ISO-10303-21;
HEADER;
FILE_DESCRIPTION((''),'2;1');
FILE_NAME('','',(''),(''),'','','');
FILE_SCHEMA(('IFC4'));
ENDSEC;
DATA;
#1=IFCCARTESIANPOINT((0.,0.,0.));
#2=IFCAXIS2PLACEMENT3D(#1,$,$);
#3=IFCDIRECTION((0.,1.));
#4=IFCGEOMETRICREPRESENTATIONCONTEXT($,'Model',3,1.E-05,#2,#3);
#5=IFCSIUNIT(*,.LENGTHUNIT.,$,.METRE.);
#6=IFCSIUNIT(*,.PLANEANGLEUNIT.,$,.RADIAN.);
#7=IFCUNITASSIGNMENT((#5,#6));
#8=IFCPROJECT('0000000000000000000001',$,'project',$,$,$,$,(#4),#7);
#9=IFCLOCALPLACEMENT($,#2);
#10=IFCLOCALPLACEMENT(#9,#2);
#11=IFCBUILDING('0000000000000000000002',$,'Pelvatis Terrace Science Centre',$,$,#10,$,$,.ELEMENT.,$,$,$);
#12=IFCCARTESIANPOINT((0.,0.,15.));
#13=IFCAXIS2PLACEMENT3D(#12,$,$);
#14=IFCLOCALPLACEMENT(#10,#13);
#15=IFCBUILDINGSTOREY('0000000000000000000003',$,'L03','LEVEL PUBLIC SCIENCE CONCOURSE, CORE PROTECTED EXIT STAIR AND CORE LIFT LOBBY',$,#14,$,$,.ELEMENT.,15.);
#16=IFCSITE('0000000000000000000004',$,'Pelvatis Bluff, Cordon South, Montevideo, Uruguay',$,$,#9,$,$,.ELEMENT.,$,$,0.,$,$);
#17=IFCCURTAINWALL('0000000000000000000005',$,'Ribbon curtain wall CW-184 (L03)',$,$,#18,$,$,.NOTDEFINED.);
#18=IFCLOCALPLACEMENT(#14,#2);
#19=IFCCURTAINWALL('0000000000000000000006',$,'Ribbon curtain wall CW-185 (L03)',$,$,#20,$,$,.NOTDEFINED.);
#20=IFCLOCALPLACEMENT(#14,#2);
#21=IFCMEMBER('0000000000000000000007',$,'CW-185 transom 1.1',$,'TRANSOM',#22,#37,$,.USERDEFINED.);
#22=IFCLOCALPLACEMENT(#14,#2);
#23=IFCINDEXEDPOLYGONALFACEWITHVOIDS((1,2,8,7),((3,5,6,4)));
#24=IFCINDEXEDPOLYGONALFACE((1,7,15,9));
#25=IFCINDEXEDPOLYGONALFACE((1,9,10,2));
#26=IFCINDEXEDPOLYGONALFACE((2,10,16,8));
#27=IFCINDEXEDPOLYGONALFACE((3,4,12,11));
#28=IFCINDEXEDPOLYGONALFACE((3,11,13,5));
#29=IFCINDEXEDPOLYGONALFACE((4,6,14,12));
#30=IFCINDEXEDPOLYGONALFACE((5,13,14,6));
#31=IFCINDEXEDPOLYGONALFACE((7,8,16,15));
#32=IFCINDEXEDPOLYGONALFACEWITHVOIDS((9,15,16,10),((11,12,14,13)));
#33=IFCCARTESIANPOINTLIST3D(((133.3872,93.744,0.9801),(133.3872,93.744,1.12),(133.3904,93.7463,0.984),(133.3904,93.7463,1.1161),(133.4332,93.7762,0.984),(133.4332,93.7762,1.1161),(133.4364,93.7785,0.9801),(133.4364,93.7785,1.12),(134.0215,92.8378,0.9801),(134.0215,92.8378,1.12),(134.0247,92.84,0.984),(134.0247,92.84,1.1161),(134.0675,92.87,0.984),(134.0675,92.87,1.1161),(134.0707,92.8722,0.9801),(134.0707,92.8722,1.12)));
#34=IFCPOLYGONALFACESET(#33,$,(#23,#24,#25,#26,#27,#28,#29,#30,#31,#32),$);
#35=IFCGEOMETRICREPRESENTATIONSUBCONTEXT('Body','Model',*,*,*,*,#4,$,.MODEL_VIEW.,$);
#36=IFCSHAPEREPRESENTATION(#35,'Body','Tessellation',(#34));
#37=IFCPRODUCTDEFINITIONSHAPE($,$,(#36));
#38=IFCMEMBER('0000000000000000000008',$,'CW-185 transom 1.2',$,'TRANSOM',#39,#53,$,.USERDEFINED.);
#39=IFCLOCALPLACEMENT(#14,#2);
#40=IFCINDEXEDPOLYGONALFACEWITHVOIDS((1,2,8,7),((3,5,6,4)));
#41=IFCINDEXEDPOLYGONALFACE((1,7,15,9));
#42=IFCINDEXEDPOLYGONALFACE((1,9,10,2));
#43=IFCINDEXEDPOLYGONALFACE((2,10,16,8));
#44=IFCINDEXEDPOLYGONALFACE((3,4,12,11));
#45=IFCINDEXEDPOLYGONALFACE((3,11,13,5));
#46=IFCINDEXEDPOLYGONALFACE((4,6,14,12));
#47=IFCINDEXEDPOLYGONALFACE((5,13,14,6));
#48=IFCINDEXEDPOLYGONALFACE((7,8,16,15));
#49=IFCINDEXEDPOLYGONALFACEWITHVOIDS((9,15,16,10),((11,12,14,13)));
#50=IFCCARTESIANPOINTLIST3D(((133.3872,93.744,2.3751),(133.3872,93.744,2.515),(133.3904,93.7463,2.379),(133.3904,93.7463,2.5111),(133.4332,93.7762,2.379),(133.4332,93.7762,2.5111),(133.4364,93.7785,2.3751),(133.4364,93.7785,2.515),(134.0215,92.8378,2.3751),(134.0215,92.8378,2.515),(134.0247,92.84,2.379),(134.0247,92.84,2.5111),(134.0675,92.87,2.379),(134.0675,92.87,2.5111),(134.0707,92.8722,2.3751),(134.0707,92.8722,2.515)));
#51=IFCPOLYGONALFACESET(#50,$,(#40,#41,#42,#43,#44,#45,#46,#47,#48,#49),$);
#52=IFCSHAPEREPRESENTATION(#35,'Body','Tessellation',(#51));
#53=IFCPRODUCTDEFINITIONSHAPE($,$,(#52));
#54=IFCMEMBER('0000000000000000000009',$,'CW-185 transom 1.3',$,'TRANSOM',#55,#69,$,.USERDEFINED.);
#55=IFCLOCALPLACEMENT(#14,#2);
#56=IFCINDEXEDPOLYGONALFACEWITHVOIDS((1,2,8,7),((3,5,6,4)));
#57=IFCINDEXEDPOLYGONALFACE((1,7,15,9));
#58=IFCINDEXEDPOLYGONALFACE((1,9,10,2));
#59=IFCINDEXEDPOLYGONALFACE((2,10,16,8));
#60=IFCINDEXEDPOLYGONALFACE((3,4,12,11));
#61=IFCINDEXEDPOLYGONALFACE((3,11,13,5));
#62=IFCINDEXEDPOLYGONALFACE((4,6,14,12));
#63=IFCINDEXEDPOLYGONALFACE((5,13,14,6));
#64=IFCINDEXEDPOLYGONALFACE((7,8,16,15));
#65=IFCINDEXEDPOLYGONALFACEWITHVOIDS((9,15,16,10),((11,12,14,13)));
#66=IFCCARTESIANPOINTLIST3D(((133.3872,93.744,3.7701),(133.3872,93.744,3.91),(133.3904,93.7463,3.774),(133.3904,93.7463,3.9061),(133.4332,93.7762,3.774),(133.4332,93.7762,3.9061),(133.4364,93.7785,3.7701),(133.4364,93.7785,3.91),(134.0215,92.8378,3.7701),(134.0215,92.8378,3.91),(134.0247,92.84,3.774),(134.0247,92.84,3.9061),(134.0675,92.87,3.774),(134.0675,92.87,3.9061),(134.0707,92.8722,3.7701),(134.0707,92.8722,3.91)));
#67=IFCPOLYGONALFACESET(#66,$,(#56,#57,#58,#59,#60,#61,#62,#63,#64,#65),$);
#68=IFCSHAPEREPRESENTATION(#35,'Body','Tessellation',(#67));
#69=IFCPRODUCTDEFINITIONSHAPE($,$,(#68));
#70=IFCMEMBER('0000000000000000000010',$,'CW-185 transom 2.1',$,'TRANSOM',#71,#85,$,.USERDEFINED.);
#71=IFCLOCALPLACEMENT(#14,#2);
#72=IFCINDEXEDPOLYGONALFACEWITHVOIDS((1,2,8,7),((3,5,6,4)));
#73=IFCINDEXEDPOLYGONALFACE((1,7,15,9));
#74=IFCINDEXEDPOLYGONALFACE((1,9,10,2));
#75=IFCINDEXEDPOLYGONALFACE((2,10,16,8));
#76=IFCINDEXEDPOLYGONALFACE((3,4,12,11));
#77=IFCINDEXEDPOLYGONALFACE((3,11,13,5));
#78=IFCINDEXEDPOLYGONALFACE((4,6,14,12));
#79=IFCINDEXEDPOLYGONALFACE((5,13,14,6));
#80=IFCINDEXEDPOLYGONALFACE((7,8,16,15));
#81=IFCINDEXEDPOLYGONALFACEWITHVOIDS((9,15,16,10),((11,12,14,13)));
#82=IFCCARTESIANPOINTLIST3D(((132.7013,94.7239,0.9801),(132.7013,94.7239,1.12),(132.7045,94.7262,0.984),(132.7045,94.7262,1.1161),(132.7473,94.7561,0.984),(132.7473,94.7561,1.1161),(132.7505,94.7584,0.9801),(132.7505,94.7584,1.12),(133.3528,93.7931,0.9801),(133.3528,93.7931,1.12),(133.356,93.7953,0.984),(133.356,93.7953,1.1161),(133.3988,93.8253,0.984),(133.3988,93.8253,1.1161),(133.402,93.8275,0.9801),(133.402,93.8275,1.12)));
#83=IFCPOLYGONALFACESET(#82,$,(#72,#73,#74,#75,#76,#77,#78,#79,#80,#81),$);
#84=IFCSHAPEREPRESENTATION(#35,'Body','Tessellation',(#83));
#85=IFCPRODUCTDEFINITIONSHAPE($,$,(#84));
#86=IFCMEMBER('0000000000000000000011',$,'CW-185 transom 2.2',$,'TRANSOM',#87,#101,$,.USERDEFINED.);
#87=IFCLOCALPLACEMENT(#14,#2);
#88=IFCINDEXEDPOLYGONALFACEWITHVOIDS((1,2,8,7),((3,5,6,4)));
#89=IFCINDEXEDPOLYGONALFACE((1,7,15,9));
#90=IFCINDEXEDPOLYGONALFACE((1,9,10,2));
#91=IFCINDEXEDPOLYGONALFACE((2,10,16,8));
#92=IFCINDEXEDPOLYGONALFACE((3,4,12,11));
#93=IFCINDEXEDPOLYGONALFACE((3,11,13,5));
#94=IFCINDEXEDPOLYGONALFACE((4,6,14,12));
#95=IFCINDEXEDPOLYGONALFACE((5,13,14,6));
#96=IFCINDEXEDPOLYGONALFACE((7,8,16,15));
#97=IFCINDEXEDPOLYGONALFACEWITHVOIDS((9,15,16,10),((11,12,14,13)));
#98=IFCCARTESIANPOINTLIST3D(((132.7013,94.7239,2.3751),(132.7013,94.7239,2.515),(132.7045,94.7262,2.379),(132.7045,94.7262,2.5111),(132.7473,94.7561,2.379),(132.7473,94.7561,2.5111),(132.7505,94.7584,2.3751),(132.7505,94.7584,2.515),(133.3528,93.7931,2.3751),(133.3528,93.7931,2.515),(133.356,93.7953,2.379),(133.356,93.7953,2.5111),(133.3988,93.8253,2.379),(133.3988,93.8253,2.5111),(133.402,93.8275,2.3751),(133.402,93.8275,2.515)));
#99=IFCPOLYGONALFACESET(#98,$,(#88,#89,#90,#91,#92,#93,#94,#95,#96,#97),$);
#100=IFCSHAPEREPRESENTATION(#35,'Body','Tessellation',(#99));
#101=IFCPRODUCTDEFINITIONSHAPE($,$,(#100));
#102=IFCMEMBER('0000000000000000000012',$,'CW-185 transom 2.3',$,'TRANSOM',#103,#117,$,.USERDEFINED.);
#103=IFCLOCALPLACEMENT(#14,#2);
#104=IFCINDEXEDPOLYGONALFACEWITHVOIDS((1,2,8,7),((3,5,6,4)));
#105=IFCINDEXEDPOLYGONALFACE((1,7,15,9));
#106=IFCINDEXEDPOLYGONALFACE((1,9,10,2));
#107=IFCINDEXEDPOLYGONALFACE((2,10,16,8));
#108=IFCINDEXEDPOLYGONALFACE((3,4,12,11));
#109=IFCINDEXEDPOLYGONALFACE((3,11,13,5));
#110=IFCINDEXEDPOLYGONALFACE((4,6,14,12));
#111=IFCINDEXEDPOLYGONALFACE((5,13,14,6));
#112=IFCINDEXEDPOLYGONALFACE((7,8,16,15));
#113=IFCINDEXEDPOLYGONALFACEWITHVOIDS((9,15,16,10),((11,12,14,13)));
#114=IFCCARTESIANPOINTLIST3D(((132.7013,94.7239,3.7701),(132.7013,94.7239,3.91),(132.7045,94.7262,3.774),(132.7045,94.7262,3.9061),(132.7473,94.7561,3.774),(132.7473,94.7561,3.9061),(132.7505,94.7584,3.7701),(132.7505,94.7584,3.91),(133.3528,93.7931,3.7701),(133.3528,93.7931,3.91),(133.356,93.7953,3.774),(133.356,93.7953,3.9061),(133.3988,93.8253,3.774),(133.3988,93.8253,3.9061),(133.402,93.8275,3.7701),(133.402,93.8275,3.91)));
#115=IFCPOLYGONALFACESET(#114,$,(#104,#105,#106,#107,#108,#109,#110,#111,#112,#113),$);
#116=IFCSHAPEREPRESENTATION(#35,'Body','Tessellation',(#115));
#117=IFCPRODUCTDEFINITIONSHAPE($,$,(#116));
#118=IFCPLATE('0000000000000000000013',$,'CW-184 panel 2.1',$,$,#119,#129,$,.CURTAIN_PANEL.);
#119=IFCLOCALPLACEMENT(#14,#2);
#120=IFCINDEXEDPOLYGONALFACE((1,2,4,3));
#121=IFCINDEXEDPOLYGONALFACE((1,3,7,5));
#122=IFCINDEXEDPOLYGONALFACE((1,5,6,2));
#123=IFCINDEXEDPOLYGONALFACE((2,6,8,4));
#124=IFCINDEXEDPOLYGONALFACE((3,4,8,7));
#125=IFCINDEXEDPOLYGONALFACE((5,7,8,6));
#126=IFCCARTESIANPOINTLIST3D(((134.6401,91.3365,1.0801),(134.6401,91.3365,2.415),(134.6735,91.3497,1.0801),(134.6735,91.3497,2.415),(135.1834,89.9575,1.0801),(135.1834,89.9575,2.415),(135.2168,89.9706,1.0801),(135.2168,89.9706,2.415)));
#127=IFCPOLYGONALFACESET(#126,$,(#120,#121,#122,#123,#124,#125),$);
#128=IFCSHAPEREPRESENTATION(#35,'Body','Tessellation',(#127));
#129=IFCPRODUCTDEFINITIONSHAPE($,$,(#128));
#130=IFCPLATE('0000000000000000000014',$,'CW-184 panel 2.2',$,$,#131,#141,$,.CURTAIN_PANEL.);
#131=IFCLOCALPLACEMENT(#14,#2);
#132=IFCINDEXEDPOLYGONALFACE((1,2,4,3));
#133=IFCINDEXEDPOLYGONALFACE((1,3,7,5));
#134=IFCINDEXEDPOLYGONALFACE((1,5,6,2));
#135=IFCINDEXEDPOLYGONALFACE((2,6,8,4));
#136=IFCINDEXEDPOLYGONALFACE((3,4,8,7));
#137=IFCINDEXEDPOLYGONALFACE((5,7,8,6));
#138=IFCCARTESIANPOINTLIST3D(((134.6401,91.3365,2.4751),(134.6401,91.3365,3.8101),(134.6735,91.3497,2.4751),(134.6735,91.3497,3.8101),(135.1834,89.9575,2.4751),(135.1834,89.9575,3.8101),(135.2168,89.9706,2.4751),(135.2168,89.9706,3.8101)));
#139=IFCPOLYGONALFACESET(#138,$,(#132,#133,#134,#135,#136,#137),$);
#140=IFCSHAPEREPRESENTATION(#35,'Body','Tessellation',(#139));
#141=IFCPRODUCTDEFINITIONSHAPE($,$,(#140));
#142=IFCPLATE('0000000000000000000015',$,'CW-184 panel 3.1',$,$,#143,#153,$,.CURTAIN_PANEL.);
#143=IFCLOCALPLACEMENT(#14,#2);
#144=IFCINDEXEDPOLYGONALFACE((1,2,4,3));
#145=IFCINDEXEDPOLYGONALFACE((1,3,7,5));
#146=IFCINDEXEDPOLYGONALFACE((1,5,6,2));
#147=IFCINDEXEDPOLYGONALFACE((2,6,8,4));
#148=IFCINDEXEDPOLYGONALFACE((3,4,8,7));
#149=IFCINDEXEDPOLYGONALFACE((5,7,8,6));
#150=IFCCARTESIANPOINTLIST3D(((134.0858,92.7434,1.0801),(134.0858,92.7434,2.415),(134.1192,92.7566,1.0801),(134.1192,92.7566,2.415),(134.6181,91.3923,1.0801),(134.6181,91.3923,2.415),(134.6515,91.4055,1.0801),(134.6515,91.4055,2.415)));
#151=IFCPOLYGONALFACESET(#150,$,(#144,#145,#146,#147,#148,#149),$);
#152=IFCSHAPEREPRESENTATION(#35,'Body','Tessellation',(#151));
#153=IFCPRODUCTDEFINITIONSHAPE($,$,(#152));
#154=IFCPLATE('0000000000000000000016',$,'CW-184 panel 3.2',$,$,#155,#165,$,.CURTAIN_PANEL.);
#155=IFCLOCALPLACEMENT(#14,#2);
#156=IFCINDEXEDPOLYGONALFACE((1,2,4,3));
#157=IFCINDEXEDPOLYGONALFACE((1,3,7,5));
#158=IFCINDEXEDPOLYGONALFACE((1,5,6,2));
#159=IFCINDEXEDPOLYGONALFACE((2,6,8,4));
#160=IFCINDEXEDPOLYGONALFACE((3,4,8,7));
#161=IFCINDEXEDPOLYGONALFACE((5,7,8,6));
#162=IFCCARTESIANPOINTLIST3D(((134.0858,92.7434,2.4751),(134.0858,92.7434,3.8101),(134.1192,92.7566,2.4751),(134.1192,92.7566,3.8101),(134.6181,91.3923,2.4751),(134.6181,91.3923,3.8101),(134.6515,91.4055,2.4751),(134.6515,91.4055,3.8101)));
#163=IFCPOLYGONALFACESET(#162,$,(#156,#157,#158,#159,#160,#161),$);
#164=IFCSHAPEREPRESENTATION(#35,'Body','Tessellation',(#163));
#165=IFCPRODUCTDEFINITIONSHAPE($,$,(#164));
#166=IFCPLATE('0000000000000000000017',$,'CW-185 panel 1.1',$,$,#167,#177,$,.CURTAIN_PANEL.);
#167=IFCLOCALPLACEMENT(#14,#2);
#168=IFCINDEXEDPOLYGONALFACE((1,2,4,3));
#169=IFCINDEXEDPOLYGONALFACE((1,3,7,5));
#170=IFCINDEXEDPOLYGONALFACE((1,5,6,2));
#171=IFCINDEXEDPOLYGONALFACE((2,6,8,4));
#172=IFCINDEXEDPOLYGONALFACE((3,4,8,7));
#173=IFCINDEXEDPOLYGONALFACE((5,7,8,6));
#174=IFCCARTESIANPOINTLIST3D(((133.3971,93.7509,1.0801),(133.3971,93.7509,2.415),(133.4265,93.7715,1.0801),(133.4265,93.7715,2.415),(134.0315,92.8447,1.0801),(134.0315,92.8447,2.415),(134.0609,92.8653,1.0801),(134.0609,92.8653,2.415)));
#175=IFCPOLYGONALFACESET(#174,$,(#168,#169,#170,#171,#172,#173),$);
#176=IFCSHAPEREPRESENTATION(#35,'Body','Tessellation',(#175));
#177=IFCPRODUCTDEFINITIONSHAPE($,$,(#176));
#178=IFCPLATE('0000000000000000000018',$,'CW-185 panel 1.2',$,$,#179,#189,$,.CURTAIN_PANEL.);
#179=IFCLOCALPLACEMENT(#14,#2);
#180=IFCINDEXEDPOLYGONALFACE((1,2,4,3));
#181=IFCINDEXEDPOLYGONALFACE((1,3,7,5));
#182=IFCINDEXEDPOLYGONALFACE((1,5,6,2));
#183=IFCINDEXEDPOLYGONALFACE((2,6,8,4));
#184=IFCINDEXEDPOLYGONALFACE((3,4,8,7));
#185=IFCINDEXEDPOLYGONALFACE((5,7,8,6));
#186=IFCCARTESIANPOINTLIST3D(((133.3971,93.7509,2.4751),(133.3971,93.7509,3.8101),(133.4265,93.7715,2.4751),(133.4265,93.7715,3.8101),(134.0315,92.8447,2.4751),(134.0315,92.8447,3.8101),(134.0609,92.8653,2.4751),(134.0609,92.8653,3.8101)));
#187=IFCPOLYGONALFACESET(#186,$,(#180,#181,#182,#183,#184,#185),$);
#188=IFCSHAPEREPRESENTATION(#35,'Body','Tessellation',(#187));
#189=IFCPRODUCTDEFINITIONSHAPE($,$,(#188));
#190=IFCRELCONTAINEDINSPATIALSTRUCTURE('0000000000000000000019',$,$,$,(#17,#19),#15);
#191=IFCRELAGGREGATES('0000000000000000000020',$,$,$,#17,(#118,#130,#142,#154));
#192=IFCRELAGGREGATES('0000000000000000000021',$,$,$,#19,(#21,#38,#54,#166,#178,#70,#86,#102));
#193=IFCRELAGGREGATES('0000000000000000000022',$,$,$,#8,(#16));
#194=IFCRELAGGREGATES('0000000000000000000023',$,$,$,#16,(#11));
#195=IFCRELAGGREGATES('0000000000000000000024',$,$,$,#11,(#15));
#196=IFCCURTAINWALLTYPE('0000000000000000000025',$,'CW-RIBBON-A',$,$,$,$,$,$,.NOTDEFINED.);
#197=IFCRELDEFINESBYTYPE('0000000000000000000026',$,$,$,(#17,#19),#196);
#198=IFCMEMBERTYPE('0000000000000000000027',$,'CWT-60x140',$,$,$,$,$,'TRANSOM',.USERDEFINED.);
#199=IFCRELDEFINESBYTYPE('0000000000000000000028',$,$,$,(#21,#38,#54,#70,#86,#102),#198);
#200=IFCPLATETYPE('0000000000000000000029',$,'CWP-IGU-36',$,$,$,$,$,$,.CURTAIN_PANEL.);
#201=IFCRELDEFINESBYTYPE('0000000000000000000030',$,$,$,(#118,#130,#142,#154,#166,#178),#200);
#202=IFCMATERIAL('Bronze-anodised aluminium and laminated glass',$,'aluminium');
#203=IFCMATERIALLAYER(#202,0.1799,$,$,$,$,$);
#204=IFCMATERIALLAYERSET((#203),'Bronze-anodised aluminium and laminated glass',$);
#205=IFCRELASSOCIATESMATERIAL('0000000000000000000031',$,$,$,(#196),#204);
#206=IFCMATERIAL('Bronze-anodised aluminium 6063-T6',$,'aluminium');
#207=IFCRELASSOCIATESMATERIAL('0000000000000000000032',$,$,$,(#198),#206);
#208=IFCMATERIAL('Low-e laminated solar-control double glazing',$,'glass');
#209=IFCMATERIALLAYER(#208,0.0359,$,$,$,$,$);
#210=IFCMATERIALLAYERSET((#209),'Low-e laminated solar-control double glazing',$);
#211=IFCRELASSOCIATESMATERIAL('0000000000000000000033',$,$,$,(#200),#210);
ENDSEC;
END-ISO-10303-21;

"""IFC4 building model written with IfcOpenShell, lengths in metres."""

from ifc_helpers import new_model, si_unit, direction, frame, origin, origin_2d, place, context, subcontext, project, spatial, rectangle, hollow_rectangle, extrude, material, layer, layer_set, material_profile, profile_set, type_object, element, aggregate, save


model = new_model("IFC4")

# Units and contexts
model_context = context("Model", 3, precision=1e-05, world=origin(), true_north=direction((0.0, 1.0)))
body_context = subcontext(model_context, "Body", "Model", "MODEL_VIEW")
ifc_project = project(units=[si_unit("LENGTHUNIT", "METRE"), si_unit("PLANEANGLEUNIT", "RADIAN")], contexts=[model_context])

# Site, building, storey
site_placement = place(None, origin())
site = spatial("IfcSite", under=ifc_project, at=site_placement, Name="Pelvatis Bluff, Cordon South, Montevideo, Uruguay", CompositionType="ELEMENT", RefElevation=0.0)
building_placement = place(site_placement, origin())
building = spatial("IfcBuilding", under=site, at=building_placement, Name="Pelvatis Terrace Science Centre", CompositionType="ELEMENT")
storey_placement = place(building_placement, frame((0.0, 0.0, 15.0)))
storey = spatial("IfcBuildingStorey", under=building, at=storey_placement, Name="L03", Description="LEVEL PUBLIC SCIENCE CONCOURSE, CORE PROTECTED EXIT STAIR AND CORE LIFT LOBBY", CompositionType="ELEMENT", Elevation=15.0)

# Curtain walls
ifc_material_1 = material(Name="Bronze-anodised aluminium and laminated glass", Category="aluminium")
ifc_layer_1 = layer(ifc_material_1, 0.1799)
ifc_layer_set_1 = layer_set([ifc_layer_1], Name="Bronze-anodised aluminium and laminated glass")
curtain_wall_type = type_object("IfcCurtainWallType", Name="CW-RIBBON-A", PredefinedType="NOTDEFINED", material=ifc_layer_set_1)
curtain_wall_1_placement = place(storey_placement, origin())
curtain_wall_1 = element("IfcCurtainWall", 1, at=curtain_wall_1_placement, inside=storey, type_object=curtain_wall_type, Name="Ribbon curtain wall CW-184 (L03)", PredefinedType="NOTDEFINED")
curtain_wall_2_placement = place(storey_placement, origin())
curtain_wall_2 = element("IfcCurtainWall", 2, at=curtain_wall_2_placement, inside=storey, type_object=curtain_wall_type, Name="Ribbon curtain wall CW-185 (L03)", PredefinedType="NOTDEFINED")

# Members
ifc_material_2 = material(Name="Bronze-anodised aluminium 6063-T6", Category="aluminium")
ifc_material_profile_1 = material_profile(ifc_material_2, hollow_rectangle(XDim=0.0601, YDim=0.1399, WallThickness=0.0039, at=origin_2d()), Name="ALU-TRN 60x140")
ifc_profile_set_1 = profile_set([ifc_material_profile_1], Name="Bronze-anodised aluminium 6063-T6")
member_type_1 = type_object("IfcMemberType", Name="CWT-60x140", ElementType="TRANSOM", PredefinedType="USERDEFINED", material=ifc_profile_set_1)
member_1_placement = place(storey_placement, frame((134.0461, 92.855, 1.05), z_axis=(-0.573403, 0.819273, 0.0), x_axis=(-0.819273, -0.573403, 0.0)))
member_1 = element("IfcMember", 3, at=member_1_placement, type_object=member_type_1, Name="CW-185 transom 1.1", ObjectType="TRANSOM", PredefinedType="USERDEFINED", context=body_context, shape_type="SweptSolid", body=[
    extrude(hollow_rectangle(XDim=0.0601, YDim=0.1399, WallThickness=0.0039, at=origin_2d()), origin(), (0.0, 0.0, 1.0), 1.1062),
])
member_2_placement = place(storey_placement, frame((134.0461, 92.855, 2.4451), z_axis=(-0.573403, 0.819273, 0.0), x_axis=(-0.819273, -0.573403, 0.0)))
member_2 = element("IfcMember", 4, at=member_2_placement, type_object=member_type_1, Name="CW-185 transom 1.2", ObjectType="TRANSOM", PredefinedType="USERDEFINED", context=body_context, shape_type="SweptSolid", body=[
    extrude(hollow_rectangle(XDim=0.0601, YDim=0.1399, WallThickness=0.0039, at=origin_2d()), origin(), (0.0, 0.0, 1.0), 1.1062),
])
member_3_placement = place(storey_placement, frame((134.0461, 92.855, 3.8401), z_axis=(-0.573403, 0.819273, 0.0), x_axis=(-0.819273, -0.573403, 0.0)))
member_3 = element("IfcMember", 5, at=member_3_placement, type_object=member_type_1, Name="CW-185 transom 1.3", ObjectType="TRANSOM", PredefinedType="USERDEFINED", context=body_context, shape_type="SweptSolid", body=[
    extrude(hollow_rectangle(XDim=0.0601, YDim=0.1399, WallThickness=0.0039, at=origin_2d()), origin(), (0.0, 0.0, 1.0), 1.1062),
])
member_4_placement = place(storey_placement, frame((133.3774, 93.8103, 1.05), z_axis=(-0.573448, 0.819242, 0.0), x_axis=(-0.819242, -0.573448, 0.0)))
member_4 = element("IfcMember", 6, at=member_4_placement, type_object=member_type_1, Name="CW-185 transom 2.1", ObjectType="TRANSOM", PredefinedType="USERDEFINED", context=body_context, shape_type="SweptSolid", body=[
    extrude(hollow_rectangle(XDim=0.0601, YDim=0.1399, WallThickness=0.0039, at=origin_2d()), origin(), (0.0, 0.0, 1.0), 1.1362),
])
member_5_placement = place(storey_placement, frame((133.3774, 93.8103, 2.4451), z_axis=(-0.573448, 0.819242, 0.0), x_axis=(-0.819242, -0.573448, 0.0)))
member_5 = element("IfcMember", 7, at=member_5_placement, type_object=member_type_1, Name="CW-185 transom 2.2", ObjectType="TRANSOM", PredefinedType="USERDEFINED", context=body_context, shape_type="SweptSolid", body=[
    extrude(hollow_rectangle(XDim=0.0601, YDim=0.1399, WallThickness=0.0039, at=origin_2d()), origin(), (0.0, 0.0, 1.0), 1.1362),
])
member_6_placement = place(storey_placement, frame((133.3774, 93.8103, 3.8401), z_axis=(-0.573448, 0.819242, 0.0), x_axis=(-0.819242, -0.573448, 0.0)))
member_6 = element("IfcMember", 8, at=member_6_placement, type_object=member_type_1, Name="CW-185 transom 2.3", ObjectType="TRANSOM", PredefinedType="USERDEFINED", context=body_context, shape_type="SweptSolid", body=[
    extrude(hollow_rectangle(XDim=0.0601, YDim=0.1399, WallThickness=0.0039, at=origin_2d()), origin(), (0.0, 0.0, 1.0), 1.1362),
])

# Plates
ifc_material_3 = material(Name="Low-e laminated solar-control double glazing", Category="glass")
ifc_layer_2 = layer(ifc_material_3, 0.0359)
ifc_layer_set_2 = layer_set([ifc_layer_2], Name="Low-e laminated solar-control double glazing")
plate_type = type_object("IfcPlateType", Name="CWP-IGU-36", PredefinedType="CURTAIN_PANEL", material=ifc_layer_set_2)
plate_1_placement = place(storey_placement, frame((134.9285, 90.6536, 1.0801), z_axis=(0.0, 0.0, 1.0), x_axis=(-0.366541, 0.930402, 0.0)))
plate_1 = element("IfcPlate", 9, at=plate_1_placement, type_object=plate_type, Name="CW-184 panel 2.1", PredefinedType="CURTAIN_PANEL", context=body_context, shape_type="SweptSolid", body=[
    extrude(rectangle(XDim=1.4822, YDim=0.0359, at=origin_2d()), origin(), (0.0, 0.0, 1.0), 1.335),
])
plate_2_placement = place(storey_placement, frame((134.9285, 90.6536, 2.4751), z_axis=(0.0, 0.0, 1.0), x_axis=(-0.366541, 0.930402, 0.0)))
plate_2 = element("IfcPlate", 10, at=plate_2_placement, type_object=plate_type, Name="CW-184 panel 2.2", PredefinedType="CURTAIN_PANEL", context=body_context, shape_type="SweptSolid", body=[
    extrude(rectangle(XDim=1.4822, YDim=0.0359, at=origin_2d()), origin(), (0.0, 0.0, 1.0), 1.335),
])
plate_3_placement = place(storey_placement, frame((134.3687, 92.0745, 1.0801), z_axis=(0.0, 0.0, 1.0), x_axis=(-0.366541, 0.930402, 0.0)))
plate_3 = element("IfcPlate", 11, at=plate_3_placement, type_object=plate_type, Name="CW-184 panel 3.1", PredefinedType="CURTAIN_PANEL", context=body_context, shape_type="SweptSolid", body=[
    extrude(rectangle(XDim=1.4521, YDim=0.0359, at=origin_2d()), origin(), (0.0, 0.0, 1.0), 1.335),
])
plate_4_placement = place(storey_placement, frame((134.3687, 92.0745, 2.4751), z_axis=(0.0, 0.0, 1.0), x_axis=(-0.366541, 0.930402, 0.0)))
plate_4 = element("IfcPlate", 12, at=plate_4_placement, type_object=plate_type, Name="CW-184 panel 3.2", PredefinedType="CURTAIN_PANEL", context=body_context, shape_type="SweptSolid", body=[
    extrude(rectangle(XDim=1.4521, YDim=0.0359, at=origin_2d()), origin(), (0.0, 0.0, 1.0), 1.335),
])
aggregate(curtain_wall_1, [plate_1, plate_2, plate_3, plate_4])
plate_5_placement = place(storey_placement, frame((133.729, 93.3081, 1.0801), z_axis=(0.0, 0.0, 1.0), x_axis=(-0.573468, 0.819228, 0.0)))
plate_5 = element("IfcPlate", 13, at=plate_5_placement, type_object=plate_type, Name="CW-185 panel 1.1", PredefinedType="CURTAIN_PANEL", context=body_context, shape_type="SweptSolid", body=[
    extrude(rectangle(XDim=1.1062, YDim=0.0359, at=origin_2d()), origin(), (0.0, 0.0, 1.0), 1.335),
])
plate_6_placement = place(storey_placement, frame((133.729, 93.3081, 2.4751), z_axis=(0.0, 0.0, 1.0), x_axis=(-0.573468, 0.819228, 0.0)))
plate_6 = element("IfcPlate", 14, at=plate_6_placement, type_object=plate_type, Name="CW-185 panel 1.2", PredefinedType="CURTAIN_PANEL", context=body_context, shape_type="SweptSolid", body=[
    extrude(rectangle(XDim=1.1062, YDim=0.0359, at=origin_2d()), origin(), (0.0, 0.0, 1.0), 1.335),
])
aggregate(curtain_wall_2, [member_1, member_2, member_3, plate_5, plate_6, member_4, member_5, member_6])

save(model, "model.ifc")
